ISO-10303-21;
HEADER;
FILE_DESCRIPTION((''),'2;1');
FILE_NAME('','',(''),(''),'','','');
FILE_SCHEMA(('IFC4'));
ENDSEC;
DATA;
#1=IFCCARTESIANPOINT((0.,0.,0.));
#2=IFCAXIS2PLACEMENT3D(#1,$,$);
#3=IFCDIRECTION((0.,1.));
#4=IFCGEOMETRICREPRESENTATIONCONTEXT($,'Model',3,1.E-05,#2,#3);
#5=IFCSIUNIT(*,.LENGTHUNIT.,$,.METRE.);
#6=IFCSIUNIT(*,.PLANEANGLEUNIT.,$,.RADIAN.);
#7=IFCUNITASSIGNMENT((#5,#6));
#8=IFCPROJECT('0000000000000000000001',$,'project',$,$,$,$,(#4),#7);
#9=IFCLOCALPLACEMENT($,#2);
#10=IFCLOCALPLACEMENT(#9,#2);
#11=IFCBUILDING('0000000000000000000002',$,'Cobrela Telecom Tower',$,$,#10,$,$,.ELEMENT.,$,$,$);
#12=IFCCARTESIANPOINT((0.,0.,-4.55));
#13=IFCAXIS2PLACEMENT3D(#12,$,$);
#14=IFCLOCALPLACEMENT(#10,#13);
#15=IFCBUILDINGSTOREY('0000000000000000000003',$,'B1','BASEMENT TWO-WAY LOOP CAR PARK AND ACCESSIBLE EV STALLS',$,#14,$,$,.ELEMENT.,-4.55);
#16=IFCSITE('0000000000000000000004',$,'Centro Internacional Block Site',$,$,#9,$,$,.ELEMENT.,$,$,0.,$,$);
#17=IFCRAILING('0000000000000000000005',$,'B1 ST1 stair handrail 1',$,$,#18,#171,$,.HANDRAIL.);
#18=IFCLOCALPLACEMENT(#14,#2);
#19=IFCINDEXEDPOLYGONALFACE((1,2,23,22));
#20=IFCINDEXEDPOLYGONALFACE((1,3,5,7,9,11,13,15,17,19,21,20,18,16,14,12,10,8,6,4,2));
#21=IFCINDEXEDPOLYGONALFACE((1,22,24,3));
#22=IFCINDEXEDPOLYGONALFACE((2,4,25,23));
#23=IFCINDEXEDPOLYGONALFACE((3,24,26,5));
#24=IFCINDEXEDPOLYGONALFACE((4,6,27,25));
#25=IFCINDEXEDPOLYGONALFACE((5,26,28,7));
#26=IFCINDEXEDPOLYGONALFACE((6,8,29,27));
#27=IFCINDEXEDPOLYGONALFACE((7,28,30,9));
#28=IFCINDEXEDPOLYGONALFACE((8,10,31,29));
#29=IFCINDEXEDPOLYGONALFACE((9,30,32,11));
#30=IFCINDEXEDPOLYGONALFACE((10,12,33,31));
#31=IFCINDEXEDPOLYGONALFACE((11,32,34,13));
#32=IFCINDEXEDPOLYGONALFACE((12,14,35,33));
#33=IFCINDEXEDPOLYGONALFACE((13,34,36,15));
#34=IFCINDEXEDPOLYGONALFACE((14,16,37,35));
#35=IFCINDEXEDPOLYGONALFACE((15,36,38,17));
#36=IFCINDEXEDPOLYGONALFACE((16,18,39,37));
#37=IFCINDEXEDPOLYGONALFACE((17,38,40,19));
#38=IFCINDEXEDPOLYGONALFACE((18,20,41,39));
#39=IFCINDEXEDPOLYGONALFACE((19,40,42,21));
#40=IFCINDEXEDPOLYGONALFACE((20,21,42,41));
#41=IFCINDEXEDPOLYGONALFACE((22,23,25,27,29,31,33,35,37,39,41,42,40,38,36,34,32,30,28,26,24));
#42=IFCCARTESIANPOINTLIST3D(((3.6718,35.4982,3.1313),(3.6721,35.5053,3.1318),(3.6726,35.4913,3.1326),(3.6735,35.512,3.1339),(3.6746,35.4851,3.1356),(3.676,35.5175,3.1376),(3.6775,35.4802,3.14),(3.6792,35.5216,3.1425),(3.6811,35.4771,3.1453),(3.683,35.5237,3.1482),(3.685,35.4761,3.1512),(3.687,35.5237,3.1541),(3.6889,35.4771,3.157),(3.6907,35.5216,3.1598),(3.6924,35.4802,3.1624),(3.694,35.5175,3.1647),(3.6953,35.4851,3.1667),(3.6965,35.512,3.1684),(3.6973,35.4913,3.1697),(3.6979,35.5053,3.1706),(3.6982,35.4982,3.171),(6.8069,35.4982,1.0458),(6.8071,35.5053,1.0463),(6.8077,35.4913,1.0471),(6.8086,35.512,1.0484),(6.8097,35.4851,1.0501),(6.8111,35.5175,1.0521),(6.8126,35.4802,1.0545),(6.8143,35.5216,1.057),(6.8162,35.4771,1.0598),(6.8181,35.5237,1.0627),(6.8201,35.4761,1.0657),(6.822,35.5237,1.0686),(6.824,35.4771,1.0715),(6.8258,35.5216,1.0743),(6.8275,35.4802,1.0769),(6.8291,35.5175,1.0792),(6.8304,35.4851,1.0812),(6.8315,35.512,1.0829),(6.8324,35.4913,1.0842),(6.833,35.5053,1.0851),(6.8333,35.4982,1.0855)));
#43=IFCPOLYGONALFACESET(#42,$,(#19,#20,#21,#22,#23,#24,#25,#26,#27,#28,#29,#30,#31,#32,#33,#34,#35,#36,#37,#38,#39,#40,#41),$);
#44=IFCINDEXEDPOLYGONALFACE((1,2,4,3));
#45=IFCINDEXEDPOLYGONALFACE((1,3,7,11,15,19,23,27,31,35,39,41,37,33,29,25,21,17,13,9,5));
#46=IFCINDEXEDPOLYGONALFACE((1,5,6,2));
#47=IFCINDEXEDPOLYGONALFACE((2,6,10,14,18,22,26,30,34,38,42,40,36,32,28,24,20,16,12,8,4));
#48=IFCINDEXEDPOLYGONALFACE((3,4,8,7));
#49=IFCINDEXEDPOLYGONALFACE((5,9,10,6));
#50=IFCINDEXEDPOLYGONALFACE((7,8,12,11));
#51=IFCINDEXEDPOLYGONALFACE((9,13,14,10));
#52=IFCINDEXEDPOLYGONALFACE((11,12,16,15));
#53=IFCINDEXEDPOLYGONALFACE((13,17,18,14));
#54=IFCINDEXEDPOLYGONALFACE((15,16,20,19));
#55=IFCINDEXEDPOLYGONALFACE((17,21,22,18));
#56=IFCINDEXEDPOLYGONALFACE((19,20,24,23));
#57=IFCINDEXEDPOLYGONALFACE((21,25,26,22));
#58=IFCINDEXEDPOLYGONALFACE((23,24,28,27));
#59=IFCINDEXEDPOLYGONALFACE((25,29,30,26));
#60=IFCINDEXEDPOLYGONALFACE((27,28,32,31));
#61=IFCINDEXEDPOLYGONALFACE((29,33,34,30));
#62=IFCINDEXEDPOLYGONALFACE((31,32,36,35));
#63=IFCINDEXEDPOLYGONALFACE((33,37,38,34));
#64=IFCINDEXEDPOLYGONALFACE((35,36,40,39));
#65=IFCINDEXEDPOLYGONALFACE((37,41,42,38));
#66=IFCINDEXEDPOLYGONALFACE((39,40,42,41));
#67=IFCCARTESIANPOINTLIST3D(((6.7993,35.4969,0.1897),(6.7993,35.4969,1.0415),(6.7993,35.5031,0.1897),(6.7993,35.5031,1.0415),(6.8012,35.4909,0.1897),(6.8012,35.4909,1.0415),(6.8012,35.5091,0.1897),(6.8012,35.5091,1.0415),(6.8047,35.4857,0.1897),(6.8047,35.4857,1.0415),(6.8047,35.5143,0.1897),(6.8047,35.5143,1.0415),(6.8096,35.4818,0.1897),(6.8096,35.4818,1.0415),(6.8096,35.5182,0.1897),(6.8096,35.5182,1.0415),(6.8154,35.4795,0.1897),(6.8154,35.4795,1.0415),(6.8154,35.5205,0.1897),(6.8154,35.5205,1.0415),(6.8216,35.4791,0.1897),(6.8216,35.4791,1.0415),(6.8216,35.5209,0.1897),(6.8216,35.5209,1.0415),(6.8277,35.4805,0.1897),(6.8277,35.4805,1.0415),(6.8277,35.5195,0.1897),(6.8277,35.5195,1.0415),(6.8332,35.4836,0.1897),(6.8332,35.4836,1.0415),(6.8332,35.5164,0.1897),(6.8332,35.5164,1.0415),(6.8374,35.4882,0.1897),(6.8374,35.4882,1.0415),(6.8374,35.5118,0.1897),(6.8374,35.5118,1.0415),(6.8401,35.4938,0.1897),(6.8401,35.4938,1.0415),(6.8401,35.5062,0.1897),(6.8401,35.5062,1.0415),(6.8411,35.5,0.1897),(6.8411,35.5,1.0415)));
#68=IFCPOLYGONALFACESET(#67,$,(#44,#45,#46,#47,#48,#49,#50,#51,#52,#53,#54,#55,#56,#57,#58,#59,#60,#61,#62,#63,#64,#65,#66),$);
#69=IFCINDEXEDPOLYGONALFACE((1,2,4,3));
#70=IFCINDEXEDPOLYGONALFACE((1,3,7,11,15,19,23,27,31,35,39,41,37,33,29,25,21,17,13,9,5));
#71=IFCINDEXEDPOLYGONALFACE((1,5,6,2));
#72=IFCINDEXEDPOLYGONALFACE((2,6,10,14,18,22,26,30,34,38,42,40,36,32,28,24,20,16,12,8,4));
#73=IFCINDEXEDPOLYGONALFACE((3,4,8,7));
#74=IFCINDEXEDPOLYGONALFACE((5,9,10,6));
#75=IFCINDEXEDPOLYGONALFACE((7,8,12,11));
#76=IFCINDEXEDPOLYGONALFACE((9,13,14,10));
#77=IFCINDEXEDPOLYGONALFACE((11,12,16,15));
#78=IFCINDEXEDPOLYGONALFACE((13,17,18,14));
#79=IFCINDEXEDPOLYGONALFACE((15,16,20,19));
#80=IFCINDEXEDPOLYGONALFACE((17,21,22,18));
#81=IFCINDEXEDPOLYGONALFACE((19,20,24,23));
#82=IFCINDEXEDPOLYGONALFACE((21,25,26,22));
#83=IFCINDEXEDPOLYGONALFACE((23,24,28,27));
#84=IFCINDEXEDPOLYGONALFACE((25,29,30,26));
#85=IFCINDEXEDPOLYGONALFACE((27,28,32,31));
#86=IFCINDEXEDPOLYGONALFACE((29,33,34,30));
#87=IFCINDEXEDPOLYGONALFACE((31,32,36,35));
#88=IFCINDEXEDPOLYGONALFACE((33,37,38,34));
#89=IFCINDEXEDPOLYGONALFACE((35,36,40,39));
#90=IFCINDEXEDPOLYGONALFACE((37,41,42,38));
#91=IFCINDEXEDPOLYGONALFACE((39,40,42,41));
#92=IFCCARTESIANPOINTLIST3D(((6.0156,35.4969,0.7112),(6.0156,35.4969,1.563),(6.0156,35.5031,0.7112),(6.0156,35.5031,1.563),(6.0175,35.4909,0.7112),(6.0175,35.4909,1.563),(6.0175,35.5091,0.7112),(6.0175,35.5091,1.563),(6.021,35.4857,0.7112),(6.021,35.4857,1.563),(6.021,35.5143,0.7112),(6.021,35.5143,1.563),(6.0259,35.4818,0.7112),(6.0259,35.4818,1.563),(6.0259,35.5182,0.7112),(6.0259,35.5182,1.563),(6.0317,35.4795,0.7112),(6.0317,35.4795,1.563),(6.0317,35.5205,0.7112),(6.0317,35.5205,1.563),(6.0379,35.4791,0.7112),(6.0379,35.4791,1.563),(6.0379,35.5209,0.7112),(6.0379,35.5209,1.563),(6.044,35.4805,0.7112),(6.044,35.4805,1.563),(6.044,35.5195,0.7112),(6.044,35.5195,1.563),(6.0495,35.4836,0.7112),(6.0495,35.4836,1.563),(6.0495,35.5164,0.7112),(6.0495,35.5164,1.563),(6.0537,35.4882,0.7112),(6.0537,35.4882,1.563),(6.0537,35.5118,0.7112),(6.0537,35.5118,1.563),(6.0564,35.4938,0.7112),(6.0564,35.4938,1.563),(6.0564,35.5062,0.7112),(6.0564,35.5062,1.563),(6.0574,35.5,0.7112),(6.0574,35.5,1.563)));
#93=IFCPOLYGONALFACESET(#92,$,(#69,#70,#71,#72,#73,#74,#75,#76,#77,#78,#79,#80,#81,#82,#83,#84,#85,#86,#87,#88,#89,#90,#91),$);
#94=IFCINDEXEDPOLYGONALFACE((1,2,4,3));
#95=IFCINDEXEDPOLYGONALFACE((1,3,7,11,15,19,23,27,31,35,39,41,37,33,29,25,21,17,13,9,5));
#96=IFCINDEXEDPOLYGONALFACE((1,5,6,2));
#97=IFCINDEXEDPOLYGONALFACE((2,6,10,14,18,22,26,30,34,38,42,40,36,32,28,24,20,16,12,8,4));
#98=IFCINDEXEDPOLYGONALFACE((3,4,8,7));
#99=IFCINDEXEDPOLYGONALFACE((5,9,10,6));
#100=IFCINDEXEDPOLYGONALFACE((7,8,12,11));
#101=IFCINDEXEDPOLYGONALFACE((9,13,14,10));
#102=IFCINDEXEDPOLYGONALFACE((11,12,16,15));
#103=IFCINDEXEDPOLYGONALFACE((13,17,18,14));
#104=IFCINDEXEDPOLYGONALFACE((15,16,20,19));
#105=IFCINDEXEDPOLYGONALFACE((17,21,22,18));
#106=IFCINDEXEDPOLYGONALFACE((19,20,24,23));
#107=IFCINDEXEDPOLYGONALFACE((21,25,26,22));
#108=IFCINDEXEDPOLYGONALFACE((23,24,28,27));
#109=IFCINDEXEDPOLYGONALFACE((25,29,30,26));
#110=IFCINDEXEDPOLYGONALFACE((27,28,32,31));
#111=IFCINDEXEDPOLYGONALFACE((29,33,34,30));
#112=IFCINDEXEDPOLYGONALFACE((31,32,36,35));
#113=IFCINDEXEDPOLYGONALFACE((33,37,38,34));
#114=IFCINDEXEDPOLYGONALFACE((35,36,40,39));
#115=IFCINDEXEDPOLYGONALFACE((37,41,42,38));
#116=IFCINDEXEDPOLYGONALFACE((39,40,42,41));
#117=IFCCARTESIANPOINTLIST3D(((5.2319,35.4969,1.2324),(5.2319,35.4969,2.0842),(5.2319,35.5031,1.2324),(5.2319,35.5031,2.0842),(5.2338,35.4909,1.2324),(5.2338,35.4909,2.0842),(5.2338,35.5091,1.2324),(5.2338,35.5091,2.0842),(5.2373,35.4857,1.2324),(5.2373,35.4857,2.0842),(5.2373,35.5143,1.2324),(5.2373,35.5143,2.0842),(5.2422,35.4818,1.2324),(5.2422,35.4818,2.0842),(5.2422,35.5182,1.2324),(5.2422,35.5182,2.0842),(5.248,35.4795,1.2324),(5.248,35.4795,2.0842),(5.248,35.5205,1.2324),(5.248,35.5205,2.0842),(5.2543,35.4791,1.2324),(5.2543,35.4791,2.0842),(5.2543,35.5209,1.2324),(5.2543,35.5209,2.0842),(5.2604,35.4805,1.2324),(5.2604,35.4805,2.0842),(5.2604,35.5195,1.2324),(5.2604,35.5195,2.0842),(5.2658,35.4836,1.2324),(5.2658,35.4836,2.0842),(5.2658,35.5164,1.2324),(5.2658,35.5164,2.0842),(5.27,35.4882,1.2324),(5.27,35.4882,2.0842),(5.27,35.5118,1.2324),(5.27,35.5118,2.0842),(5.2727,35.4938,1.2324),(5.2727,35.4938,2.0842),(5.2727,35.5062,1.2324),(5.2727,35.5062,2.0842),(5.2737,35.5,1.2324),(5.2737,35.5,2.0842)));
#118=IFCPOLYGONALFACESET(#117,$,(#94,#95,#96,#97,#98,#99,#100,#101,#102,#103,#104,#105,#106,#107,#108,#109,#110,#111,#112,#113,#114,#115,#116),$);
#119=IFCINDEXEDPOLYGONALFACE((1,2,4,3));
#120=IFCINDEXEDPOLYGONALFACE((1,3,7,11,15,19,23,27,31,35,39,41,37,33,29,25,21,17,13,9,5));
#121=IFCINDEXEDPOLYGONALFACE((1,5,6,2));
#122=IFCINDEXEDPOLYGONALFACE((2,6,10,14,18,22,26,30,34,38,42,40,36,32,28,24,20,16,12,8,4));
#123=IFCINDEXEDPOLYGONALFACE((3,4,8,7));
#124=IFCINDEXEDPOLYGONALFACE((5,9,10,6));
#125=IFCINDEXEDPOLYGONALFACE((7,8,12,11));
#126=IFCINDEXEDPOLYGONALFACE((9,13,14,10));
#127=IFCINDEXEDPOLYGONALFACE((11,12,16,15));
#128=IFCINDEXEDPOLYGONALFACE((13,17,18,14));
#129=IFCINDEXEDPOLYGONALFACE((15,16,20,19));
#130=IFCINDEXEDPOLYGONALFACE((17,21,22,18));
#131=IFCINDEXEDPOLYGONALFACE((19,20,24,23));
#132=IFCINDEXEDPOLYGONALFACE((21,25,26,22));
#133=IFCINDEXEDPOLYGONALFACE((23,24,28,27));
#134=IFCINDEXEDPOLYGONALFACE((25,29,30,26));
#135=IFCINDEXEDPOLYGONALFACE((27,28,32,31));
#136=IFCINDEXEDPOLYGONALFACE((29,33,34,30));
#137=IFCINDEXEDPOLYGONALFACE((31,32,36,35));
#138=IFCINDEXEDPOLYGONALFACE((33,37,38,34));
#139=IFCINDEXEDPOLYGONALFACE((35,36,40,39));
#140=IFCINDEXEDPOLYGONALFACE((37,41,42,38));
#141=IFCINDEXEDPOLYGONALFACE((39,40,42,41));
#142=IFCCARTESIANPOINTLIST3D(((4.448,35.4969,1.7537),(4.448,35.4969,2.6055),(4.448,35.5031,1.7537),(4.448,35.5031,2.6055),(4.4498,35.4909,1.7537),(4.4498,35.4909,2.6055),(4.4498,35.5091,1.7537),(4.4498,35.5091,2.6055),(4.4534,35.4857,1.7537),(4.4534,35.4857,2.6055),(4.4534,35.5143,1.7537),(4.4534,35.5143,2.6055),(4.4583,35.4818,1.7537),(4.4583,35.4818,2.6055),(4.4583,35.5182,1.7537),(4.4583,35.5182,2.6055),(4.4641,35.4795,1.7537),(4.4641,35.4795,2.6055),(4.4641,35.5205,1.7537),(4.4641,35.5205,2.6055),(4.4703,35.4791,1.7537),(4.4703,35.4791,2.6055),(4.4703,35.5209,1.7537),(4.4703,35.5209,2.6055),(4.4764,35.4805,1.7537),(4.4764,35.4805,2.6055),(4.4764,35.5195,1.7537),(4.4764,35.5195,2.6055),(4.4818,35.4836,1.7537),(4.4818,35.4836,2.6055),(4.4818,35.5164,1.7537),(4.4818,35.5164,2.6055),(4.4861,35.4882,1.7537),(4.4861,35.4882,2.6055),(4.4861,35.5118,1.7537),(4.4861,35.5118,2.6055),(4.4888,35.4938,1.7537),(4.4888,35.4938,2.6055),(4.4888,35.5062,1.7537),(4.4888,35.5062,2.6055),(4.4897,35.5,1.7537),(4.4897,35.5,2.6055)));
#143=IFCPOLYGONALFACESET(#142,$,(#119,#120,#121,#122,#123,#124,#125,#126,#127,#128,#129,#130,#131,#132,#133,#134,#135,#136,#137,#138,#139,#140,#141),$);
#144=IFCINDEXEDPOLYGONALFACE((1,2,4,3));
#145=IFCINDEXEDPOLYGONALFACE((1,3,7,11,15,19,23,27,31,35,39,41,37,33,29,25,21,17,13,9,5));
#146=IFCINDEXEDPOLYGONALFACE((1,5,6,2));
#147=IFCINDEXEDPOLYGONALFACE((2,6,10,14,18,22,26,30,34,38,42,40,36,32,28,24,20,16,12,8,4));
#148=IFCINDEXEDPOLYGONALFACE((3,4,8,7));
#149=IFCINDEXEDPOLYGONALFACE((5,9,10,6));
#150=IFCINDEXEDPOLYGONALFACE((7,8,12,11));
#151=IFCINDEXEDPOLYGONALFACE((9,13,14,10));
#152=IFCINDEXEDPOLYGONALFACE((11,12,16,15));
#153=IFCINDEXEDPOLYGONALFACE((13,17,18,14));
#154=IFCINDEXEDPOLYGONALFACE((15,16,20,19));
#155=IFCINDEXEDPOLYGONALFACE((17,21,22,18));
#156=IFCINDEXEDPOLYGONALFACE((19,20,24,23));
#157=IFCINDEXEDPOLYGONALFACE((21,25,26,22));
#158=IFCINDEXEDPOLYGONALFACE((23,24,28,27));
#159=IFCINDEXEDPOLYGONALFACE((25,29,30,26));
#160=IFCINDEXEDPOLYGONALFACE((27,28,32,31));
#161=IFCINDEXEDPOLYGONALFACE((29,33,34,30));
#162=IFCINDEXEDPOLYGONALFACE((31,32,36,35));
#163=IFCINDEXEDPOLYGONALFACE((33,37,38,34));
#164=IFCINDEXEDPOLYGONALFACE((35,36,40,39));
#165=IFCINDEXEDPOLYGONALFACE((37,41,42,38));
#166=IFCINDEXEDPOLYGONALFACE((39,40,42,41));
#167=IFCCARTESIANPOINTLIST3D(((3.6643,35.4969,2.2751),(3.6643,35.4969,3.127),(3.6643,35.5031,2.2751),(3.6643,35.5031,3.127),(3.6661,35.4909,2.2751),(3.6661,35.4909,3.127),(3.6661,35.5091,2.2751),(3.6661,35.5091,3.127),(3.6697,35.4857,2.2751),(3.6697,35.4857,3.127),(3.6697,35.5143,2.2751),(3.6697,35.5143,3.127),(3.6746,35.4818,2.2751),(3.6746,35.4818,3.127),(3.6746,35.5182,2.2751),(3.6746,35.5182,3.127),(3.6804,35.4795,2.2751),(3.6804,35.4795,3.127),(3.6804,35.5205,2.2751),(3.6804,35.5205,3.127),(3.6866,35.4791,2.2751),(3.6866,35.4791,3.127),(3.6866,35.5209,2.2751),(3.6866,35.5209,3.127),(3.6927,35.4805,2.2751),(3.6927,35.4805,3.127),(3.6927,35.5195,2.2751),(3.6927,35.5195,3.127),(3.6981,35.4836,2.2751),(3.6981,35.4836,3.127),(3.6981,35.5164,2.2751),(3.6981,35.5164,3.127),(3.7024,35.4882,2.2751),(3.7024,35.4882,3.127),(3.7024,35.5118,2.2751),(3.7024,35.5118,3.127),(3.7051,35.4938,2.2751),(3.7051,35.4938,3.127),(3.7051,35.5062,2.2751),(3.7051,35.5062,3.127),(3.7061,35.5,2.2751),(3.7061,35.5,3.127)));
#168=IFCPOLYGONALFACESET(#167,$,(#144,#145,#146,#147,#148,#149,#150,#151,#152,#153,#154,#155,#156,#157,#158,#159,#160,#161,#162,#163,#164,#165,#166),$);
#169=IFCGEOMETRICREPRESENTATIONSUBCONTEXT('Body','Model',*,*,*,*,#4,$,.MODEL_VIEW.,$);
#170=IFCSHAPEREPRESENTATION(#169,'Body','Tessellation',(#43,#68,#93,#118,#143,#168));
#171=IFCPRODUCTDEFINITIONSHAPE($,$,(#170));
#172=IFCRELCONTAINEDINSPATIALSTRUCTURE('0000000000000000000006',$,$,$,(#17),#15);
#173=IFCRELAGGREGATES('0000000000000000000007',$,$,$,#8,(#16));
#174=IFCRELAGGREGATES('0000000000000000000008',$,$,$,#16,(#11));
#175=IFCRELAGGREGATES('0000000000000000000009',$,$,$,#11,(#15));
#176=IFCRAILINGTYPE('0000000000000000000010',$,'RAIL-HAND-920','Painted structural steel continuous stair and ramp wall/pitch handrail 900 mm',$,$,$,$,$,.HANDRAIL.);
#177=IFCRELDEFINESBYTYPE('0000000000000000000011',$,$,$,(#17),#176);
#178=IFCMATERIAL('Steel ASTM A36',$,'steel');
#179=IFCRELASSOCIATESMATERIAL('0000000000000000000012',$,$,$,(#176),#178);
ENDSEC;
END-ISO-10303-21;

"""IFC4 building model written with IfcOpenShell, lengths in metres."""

from ifc_helpers import new_model, si_unit, direction, frame, origin, origin_2d, place, context, subcontext, project, spatial, circle, extrude, material, type_object, element, save


model = new_model("IFC4")

# Units and contexts
model_context = context("Model", 3, precision=1e-05, world=origin(), true_north=direction((0.0, 1.0)))
body_context = subcontext(model_context, "Body", "Model", "MODEL_VIEW")
ifc_project = project(units=[si_unit("LENGTHUNIT", "METRE"), si_unit("PLANEANGLEUNIT", "RADIAN")], contexts=[model_context])

# Site, building, storey
site_placement = place(None, origin())
site = spatial("IfcSite", under=ifc_project, at=site_placement, Name="Centro Internacional Block Site", CompositionType="ELEMENT", RefElevation=0.0)
building_placement = place(site_placement, origin())
building = spatial("IfcBuilding", under=site, at=building_placement, Name="Cobrela Telecom Tower", CompositionType="ELEMENT")
storey_placement = place(building_placement, frame((0.0, 0.0, -4.55)))
storey = spatial("IfcBuildingStorey", under=building, at=storey_placement, Name="B1", Description="BASEMENT TWO-WAY LOOP CAR PARK AND ACCESSIBLE EV STALLS", CompositionType="ELEMENT", Elevation=-4.55)

# Shared definitions
ifc_material_1 = material(Name="Steel ASTM A36", Category="steel")

# Railing
railing_type_1 = type_object("IfcRailingType", Name="RAIL-HAND-920", Description="Painted structural steel continuous stair and ramp wall/pitch handrail 900 mm", PredefinedType="HANDRAIL", material=ifc_material_1)
railing_1_placement = place(storey_placement, frame((6.8201, 35.5, 0.1897)))
element("IfcRailing", 1, at=railing_1_placement, inside=storey, type_object=railing_type_1, Name="B1 ST1 stair handrail 1", PredefinedType="HANDRAIL", context=body_context, shape_type="SweptSolid", body=[
    extrude(circle(Radius=0.0239, at=origin_2d()), frame((0.0, 0.0, 0.876), z_axis=(-0.832608, 0.0, 0.553862), x_axis=(0.0, -1.0, 0.0)), (0.0, 0.0, 1.0), 3.7654),
    extrude(circle(Radius=0.021, at=origin_2d()), origin(), (0.0, 0.0, 1.0), 0.8518),
    extrude(circle(Radius=0.021, at=origin_2d()), frame((-0.7837, 0.0, 0.5215)), (0.0, 0.0, 1.0), 0.8518),
    extrude(circle(Radius=0.021, at=origin_2d()), frame((-1.5674, 0.0, 1.0427)), (0.0, 0.0, 1.0), 0.8518),
    extrude(circle(Radius=0.021, at=origin_2d()), frame((-2.3513, 0.0, 1.564)), (0.0, 0.0, 1.0), 0.8518),
    extrude(circle(Radius=0.021, at=origin_2d()), frame((-3.135, 0.0, 2.0854)), (0.0, 0.0, 1.0), 0.8518),
])

save(model, "model.ifc")
